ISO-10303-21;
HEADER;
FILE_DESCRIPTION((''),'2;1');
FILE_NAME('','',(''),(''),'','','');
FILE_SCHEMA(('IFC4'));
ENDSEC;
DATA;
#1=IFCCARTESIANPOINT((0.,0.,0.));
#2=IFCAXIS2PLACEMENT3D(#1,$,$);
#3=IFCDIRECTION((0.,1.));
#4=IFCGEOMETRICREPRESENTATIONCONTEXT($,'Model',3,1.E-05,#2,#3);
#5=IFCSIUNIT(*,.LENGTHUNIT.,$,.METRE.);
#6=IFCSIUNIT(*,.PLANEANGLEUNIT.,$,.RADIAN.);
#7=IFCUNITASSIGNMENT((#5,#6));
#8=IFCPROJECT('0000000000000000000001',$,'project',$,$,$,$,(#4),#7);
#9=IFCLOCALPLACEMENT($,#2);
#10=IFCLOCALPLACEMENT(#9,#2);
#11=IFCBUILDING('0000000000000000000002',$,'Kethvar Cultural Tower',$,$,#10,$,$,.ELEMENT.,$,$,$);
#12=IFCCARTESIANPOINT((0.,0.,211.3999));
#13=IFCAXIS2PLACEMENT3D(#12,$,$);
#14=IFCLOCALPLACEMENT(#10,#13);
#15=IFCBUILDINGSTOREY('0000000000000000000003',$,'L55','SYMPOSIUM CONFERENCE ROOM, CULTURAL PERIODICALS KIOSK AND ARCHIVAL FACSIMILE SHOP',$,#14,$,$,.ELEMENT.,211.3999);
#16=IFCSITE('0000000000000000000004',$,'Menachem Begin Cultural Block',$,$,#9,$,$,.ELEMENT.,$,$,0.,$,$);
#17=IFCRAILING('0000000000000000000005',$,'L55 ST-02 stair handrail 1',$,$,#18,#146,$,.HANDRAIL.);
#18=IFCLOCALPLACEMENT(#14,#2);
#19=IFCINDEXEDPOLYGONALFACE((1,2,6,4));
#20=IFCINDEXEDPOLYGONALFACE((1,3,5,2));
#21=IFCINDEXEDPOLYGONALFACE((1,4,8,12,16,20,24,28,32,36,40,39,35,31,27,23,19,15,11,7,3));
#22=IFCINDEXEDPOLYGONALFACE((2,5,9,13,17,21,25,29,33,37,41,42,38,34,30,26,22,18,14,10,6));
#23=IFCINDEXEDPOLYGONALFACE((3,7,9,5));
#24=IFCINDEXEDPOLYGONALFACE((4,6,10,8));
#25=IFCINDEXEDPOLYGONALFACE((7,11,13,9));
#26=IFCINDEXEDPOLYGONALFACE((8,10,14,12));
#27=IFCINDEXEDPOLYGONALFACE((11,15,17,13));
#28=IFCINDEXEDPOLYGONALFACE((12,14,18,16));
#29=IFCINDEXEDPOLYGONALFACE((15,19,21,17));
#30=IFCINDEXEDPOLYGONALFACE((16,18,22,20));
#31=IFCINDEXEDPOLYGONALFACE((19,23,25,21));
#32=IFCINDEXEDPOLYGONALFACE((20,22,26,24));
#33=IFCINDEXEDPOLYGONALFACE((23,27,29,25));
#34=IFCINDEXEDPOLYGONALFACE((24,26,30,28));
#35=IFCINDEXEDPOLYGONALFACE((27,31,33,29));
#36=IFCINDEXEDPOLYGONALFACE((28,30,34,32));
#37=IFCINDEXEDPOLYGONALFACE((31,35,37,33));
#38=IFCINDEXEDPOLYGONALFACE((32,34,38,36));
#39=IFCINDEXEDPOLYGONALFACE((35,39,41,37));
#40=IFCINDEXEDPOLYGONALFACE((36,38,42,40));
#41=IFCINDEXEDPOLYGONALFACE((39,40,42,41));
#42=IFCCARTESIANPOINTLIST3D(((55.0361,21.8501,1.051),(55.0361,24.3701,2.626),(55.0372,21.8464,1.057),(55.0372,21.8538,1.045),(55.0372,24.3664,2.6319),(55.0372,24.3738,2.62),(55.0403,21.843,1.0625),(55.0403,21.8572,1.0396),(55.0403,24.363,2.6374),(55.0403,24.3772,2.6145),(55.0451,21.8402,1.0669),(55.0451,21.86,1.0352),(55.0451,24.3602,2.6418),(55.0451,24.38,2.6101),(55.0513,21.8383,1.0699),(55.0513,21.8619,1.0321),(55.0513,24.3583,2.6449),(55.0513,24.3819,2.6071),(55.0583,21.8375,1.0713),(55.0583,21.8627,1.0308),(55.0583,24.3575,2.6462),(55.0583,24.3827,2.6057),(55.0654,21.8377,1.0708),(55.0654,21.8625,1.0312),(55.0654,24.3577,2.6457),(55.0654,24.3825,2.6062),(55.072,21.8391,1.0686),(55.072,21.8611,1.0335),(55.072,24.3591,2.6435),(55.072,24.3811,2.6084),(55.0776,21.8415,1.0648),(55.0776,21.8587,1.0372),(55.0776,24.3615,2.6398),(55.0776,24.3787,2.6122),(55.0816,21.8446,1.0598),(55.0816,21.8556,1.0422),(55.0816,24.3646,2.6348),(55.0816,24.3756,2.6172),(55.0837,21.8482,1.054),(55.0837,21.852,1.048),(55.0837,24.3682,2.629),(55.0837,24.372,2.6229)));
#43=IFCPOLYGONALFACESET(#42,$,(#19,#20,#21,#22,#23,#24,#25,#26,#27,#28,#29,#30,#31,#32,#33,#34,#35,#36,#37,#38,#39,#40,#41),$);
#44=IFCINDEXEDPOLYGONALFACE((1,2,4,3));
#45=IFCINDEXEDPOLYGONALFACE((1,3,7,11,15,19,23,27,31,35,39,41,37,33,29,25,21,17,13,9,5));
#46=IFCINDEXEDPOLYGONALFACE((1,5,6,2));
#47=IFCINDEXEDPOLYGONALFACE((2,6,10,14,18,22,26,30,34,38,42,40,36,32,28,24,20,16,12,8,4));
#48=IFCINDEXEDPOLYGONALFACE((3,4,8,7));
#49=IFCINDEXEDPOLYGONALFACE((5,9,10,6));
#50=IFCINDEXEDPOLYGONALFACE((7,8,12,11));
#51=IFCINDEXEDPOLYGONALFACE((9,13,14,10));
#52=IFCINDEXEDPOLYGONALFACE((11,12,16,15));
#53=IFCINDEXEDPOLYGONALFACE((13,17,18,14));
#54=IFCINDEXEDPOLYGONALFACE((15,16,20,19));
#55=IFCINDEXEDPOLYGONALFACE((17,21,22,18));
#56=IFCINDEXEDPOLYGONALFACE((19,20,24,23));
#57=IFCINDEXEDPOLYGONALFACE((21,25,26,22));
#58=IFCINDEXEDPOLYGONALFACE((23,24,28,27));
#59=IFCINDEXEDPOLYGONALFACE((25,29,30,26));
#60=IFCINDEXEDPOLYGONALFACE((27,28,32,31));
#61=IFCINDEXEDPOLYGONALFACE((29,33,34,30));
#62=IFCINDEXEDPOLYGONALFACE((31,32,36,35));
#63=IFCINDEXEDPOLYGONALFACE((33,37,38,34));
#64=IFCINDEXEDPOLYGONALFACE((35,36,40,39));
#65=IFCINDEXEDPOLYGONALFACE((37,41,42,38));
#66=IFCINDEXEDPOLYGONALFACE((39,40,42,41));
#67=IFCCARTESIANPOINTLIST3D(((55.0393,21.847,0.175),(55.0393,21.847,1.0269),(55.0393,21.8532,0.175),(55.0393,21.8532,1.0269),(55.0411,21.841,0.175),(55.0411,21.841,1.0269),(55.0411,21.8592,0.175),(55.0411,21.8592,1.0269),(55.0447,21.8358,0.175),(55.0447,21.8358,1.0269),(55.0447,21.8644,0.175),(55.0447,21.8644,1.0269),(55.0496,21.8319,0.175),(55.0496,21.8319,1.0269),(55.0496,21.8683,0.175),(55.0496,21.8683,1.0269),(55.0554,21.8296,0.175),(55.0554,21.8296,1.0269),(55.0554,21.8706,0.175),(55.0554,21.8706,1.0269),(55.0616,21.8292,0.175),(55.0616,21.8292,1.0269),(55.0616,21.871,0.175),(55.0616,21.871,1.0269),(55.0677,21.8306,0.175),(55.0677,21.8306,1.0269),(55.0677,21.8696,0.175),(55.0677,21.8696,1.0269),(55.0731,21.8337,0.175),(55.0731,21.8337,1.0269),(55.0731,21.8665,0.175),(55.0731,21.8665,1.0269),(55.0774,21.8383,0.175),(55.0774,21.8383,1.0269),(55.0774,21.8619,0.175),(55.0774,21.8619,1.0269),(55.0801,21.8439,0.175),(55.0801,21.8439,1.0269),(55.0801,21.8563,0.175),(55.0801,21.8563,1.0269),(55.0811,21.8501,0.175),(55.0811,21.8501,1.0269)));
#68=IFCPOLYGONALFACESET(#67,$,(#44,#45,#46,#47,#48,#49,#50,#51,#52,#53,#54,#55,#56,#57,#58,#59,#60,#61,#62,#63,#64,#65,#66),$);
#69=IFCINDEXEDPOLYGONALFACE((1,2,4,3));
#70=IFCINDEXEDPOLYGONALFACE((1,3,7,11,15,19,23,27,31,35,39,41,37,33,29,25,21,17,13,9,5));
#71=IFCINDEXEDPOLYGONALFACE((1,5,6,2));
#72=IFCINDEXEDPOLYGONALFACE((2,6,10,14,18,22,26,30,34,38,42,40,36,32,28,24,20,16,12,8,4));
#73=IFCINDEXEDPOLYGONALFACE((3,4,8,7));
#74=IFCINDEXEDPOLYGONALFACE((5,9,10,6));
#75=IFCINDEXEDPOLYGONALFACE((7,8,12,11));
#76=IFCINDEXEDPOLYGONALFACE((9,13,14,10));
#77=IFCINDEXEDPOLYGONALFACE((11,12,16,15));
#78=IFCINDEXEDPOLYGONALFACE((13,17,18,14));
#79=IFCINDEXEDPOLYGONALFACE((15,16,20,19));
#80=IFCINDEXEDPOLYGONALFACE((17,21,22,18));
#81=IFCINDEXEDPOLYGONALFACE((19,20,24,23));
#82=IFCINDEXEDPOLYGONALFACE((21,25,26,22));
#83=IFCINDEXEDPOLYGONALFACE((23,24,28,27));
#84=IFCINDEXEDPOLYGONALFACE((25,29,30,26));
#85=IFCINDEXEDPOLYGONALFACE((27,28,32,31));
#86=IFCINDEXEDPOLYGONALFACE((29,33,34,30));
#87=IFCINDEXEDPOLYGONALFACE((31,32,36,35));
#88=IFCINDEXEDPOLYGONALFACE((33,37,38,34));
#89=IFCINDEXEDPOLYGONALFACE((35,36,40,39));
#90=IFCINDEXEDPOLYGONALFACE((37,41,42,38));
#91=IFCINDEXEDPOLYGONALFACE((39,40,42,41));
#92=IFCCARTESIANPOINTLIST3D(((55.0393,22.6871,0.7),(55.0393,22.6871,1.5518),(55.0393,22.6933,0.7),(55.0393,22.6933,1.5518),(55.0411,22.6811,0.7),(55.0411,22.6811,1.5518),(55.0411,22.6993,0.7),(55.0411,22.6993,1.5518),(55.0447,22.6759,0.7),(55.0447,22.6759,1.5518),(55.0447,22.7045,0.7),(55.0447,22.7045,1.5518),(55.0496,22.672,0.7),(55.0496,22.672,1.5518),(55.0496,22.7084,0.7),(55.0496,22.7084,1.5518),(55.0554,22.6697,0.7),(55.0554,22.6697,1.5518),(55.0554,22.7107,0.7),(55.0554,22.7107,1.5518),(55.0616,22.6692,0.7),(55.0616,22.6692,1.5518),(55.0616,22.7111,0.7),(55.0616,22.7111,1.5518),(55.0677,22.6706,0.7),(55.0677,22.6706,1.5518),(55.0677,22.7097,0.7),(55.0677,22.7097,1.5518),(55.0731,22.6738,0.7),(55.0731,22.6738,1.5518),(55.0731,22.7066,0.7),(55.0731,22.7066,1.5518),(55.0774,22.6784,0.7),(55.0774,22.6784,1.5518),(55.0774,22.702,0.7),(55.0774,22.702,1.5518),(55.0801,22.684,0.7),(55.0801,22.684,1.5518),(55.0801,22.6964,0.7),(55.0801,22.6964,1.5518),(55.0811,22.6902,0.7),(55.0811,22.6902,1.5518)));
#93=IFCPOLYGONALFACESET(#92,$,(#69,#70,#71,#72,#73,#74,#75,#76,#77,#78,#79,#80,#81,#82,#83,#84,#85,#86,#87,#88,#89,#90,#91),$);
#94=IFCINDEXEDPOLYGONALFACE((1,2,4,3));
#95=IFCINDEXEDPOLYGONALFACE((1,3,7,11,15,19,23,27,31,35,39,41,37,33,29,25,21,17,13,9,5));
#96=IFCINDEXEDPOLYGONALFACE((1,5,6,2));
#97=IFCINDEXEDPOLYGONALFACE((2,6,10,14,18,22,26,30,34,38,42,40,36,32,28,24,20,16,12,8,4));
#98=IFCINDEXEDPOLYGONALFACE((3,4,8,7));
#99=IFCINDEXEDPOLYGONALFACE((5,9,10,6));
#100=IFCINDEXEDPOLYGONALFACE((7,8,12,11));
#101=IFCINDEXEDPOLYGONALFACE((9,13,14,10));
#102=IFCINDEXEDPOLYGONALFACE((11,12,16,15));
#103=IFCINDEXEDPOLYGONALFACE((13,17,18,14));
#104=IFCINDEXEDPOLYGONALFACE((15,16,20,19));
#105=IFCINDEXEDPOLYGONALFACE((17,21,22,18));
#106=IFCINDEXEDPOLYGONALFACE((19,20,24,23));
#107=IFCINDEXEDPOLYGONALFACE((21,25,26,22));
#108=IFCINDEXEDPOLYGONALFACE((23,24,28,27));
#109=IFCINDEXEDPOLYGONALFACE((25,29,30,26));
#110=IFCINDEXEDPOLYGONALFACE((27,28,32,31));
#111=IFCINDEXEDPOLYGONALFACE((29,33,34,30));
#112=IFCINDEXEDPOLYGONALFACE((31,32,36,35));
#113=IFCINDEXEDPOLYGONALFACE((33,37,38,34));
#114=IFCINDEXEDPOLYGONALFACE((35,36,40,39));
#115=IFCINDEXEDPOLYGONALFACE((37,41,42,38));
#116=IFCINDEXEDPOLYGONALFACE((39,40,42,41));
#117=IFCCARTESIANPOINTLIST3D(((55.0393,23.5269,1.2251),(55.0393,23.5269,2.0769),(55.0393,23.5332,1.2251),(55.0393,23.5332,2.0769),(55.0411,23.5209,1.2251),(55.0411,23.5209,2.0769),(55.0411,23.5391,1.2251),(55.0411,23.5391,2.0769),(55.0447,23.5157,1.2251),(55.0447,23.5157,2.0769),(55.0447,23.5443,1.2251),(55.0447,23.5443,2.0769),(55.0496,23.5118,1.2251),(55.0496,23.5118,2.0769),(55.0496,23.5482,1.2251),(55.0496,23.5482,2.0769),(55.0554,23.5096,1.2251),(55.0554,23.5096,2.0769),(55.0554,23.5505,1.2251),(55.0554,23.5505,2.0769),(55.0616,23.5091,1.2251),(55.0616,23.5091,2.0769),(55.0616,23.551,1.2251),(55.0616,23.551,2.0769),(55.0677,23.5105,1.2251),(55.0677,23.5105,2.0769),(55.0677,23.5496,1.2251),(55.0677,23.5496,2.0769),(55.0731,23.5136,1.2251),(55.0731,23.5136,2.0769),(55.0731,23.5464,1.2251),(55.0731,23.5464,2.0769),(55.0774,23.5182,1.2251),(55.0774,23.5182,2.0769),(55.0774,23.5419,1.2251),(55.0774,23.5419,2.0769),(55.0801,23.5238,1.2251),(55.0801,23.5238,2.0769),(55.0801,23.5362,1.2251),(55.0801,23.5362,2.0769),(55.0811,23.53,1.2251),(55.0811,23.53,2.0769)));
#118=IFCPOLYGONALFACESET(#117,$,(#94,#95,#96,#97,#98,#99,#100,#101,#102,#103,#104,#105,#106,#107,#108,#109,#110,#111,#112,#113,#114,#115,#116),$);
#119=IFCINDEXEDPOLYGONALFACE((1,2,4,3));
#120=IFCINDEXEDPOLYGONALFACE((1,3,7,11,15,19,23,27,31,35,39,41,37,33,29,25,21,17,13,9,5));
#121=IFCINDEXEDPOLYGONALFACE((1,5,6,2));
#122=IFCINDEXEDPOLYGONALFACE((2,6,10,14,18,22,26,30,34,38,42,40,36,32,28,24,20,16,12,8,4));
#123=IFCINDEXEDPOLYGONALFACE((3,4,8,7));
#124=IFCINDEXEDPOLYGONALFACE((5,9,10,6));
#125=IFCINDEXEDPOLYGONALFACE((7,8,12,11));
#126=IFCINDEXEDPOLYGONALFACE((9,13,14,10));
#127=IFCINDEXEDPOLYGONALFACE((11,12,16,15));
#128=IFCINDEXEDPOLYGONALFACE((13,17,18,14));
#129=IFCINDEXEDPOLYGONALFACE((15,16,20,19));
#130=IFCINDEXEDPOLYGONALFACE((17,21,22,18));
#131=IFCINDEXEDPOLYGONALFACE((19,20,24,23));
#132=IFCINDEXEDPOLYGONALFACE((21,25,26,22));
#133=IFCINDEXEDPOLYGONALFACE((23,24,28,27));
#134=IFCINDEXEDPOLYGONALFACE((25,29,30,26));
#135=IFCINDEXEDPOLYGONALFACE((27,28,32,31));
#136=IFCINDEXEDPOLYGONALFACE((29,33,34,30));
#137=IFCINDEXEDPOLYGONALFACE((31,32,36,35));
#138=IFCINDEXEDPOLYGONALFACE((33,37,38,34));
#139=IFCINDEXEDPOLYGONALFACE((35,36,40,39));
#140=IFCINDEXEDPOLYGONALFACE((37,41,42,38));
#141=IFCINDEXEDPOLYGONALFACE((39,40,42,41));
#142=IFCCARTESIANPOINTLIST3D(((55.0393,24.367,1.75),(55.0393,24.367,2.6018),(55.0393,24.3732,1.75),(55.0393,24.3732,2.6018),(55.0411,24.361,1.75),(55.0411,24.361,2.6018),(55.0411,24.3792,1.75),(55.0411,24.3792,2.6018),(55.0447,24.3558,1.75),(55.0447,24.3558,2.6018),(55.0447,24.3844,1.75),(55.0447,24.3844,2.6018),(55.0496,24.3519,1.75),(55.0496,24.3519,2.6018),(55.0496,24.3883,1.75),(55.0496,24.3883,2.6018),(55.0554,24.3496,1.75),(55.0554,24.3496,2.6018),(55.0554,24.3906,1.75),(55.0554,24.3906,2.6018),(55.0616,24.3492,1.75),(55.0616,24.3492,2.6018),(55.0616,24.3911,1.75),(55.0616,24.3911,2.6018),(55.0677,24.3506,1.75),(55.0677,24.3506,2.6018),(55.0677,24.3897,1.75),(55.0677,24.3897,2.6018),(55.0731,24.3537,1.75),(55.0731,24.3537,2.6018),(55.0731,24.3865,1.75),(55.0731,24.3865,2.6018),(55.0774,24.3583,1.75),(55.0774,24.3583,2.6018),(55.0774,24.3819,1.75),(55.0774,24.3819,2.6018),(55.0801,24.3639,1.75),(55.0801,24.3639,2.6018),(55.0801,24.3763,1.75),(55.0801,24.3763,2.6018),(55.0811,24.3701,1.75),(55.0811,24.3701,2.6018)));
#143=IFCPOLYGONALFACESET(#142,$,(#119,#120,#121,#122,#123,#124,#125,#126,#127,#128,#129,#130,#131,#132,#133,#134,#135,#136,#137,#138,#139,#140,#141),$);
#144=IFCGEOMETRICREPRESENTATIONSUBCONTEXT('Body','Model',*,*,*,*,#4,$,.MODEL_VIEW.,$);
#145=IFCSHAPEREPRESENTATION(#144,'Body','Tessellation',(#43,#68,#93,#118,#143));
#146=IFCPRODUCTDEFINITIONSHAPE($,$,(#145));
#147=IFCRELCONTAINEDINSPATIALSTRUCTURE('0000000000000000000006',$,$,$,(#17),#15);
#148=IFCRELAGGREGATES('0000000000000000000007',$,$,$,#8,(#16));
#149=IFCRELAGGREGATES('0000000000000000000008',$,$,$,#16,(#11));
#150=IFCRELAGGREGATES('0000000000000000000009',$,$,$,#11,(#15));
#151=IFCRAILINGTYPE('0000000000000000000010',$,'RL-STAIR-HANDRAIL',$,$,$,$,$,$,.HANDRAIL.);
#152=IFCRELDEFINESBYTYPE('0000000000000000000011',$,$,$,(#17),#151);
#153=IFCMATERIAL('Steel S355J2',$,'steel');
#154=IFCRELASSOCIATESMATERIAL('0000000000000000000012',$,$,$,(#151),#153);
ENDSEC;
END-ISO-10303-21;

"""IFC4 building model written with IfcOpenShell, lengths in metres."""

from ifc_helpers import new_model, si_unit, direction, frame, origin, origin_2d, place, context, subcontext, project, spatial, circle, extrude, material, type_object, element, save


model = new_model("IFC4")

# Units and contexts
model_context = context("Model", 3, precision=1e-05, world=origin(), true_north=direction((0.0, 1.0)))
body_context = subcontext(model_context, "Body", "Model", "MODEL_VIEW")
ifc_project = project(units=[si_unit("LENGTHUNIT", "METRE"), si_unit("PLANEANGLEUNIT", "RADIAN")], contexts=[model_context])

# Site, building, storey
site_placement = place(None, origin())
site = spatial("IfcSite", under=ifc_project, at=site_placement, Name="Menachem Begin Cultural Block", CompositionType="ELEMENT", RefElevation=0.0)
building_placement = place(site_placement, origin())
building = spatial("IfcBuilding", under=site, at=building_placement, Name="Kethvar Cultural Tower", CompositionType="ELEMENT")
storey_placement = place(building_placement, frame((0.0, 0.0, 211.3999)))
storey = spatial("IfcBuildingStorey", under=building, at=storey_placement, Name="L55", Description="SYMPOSIUM CONFERENCE ROOM, CULTURAL PERIODICALS KIOSK AND ARCHIVAL FACSIMILE SHOP", CompositionType="ELEMENT", Elevation=211.3999)

# Shared definitions
ifc_material_1 = material(Name="Steel S355J2", Category="steel")

# Railing
railing_type_1 = type_object("IfcRailingType", Name="RL-STAIR-HANDRAIL", PredefinedType="HANDRAIL", material=ifc_material_1)
railing_1_placement = place(storey_placement, frame((55.0601, 21.8501, 0.175)))
element("IfcRailing", 1, at=railing_1_placement, inside=storey, type_object=railing_type_1, Name="L55 ST-02 stair handrail 1", PredefinedType="HANDRAIL", context=body_context, shape_type="SweptSolid", body=[
    extrude(circle(Radius=0.0239, at=origin_2d()), frame((0.0, 0.0, 0.876), z_axis=(0.0, 0.848008, 0.529984), x_axis=(-1.0, 0.0, 0.0)), (0.0, 0.0, 1.0), 2.9717),
    extrude(circle(Radius=0.021, at=origin_2d()), origin(), (0.0, 0.0, 1.0), 0.8518),
    extrude(circle(Radius=0.021, at=origin_2d()), frame((0.0, 0.8401, 0.5249)), (0.0, 0.0, 1.0), 0.8518),
    extrude(circle(Radius=0.021, at=origin_2d()), frame((0.0, 1.6799, 1.05)), (0.0, 0.0, 1.0), 0.8518),
    extrude(circle(Radius=0.021, at=origin_2d()), frame((0.0, 2.52, 1.575)), (0.0, 0.0, 1.0), 0.8518),
])

save(model, "model.ifc")
